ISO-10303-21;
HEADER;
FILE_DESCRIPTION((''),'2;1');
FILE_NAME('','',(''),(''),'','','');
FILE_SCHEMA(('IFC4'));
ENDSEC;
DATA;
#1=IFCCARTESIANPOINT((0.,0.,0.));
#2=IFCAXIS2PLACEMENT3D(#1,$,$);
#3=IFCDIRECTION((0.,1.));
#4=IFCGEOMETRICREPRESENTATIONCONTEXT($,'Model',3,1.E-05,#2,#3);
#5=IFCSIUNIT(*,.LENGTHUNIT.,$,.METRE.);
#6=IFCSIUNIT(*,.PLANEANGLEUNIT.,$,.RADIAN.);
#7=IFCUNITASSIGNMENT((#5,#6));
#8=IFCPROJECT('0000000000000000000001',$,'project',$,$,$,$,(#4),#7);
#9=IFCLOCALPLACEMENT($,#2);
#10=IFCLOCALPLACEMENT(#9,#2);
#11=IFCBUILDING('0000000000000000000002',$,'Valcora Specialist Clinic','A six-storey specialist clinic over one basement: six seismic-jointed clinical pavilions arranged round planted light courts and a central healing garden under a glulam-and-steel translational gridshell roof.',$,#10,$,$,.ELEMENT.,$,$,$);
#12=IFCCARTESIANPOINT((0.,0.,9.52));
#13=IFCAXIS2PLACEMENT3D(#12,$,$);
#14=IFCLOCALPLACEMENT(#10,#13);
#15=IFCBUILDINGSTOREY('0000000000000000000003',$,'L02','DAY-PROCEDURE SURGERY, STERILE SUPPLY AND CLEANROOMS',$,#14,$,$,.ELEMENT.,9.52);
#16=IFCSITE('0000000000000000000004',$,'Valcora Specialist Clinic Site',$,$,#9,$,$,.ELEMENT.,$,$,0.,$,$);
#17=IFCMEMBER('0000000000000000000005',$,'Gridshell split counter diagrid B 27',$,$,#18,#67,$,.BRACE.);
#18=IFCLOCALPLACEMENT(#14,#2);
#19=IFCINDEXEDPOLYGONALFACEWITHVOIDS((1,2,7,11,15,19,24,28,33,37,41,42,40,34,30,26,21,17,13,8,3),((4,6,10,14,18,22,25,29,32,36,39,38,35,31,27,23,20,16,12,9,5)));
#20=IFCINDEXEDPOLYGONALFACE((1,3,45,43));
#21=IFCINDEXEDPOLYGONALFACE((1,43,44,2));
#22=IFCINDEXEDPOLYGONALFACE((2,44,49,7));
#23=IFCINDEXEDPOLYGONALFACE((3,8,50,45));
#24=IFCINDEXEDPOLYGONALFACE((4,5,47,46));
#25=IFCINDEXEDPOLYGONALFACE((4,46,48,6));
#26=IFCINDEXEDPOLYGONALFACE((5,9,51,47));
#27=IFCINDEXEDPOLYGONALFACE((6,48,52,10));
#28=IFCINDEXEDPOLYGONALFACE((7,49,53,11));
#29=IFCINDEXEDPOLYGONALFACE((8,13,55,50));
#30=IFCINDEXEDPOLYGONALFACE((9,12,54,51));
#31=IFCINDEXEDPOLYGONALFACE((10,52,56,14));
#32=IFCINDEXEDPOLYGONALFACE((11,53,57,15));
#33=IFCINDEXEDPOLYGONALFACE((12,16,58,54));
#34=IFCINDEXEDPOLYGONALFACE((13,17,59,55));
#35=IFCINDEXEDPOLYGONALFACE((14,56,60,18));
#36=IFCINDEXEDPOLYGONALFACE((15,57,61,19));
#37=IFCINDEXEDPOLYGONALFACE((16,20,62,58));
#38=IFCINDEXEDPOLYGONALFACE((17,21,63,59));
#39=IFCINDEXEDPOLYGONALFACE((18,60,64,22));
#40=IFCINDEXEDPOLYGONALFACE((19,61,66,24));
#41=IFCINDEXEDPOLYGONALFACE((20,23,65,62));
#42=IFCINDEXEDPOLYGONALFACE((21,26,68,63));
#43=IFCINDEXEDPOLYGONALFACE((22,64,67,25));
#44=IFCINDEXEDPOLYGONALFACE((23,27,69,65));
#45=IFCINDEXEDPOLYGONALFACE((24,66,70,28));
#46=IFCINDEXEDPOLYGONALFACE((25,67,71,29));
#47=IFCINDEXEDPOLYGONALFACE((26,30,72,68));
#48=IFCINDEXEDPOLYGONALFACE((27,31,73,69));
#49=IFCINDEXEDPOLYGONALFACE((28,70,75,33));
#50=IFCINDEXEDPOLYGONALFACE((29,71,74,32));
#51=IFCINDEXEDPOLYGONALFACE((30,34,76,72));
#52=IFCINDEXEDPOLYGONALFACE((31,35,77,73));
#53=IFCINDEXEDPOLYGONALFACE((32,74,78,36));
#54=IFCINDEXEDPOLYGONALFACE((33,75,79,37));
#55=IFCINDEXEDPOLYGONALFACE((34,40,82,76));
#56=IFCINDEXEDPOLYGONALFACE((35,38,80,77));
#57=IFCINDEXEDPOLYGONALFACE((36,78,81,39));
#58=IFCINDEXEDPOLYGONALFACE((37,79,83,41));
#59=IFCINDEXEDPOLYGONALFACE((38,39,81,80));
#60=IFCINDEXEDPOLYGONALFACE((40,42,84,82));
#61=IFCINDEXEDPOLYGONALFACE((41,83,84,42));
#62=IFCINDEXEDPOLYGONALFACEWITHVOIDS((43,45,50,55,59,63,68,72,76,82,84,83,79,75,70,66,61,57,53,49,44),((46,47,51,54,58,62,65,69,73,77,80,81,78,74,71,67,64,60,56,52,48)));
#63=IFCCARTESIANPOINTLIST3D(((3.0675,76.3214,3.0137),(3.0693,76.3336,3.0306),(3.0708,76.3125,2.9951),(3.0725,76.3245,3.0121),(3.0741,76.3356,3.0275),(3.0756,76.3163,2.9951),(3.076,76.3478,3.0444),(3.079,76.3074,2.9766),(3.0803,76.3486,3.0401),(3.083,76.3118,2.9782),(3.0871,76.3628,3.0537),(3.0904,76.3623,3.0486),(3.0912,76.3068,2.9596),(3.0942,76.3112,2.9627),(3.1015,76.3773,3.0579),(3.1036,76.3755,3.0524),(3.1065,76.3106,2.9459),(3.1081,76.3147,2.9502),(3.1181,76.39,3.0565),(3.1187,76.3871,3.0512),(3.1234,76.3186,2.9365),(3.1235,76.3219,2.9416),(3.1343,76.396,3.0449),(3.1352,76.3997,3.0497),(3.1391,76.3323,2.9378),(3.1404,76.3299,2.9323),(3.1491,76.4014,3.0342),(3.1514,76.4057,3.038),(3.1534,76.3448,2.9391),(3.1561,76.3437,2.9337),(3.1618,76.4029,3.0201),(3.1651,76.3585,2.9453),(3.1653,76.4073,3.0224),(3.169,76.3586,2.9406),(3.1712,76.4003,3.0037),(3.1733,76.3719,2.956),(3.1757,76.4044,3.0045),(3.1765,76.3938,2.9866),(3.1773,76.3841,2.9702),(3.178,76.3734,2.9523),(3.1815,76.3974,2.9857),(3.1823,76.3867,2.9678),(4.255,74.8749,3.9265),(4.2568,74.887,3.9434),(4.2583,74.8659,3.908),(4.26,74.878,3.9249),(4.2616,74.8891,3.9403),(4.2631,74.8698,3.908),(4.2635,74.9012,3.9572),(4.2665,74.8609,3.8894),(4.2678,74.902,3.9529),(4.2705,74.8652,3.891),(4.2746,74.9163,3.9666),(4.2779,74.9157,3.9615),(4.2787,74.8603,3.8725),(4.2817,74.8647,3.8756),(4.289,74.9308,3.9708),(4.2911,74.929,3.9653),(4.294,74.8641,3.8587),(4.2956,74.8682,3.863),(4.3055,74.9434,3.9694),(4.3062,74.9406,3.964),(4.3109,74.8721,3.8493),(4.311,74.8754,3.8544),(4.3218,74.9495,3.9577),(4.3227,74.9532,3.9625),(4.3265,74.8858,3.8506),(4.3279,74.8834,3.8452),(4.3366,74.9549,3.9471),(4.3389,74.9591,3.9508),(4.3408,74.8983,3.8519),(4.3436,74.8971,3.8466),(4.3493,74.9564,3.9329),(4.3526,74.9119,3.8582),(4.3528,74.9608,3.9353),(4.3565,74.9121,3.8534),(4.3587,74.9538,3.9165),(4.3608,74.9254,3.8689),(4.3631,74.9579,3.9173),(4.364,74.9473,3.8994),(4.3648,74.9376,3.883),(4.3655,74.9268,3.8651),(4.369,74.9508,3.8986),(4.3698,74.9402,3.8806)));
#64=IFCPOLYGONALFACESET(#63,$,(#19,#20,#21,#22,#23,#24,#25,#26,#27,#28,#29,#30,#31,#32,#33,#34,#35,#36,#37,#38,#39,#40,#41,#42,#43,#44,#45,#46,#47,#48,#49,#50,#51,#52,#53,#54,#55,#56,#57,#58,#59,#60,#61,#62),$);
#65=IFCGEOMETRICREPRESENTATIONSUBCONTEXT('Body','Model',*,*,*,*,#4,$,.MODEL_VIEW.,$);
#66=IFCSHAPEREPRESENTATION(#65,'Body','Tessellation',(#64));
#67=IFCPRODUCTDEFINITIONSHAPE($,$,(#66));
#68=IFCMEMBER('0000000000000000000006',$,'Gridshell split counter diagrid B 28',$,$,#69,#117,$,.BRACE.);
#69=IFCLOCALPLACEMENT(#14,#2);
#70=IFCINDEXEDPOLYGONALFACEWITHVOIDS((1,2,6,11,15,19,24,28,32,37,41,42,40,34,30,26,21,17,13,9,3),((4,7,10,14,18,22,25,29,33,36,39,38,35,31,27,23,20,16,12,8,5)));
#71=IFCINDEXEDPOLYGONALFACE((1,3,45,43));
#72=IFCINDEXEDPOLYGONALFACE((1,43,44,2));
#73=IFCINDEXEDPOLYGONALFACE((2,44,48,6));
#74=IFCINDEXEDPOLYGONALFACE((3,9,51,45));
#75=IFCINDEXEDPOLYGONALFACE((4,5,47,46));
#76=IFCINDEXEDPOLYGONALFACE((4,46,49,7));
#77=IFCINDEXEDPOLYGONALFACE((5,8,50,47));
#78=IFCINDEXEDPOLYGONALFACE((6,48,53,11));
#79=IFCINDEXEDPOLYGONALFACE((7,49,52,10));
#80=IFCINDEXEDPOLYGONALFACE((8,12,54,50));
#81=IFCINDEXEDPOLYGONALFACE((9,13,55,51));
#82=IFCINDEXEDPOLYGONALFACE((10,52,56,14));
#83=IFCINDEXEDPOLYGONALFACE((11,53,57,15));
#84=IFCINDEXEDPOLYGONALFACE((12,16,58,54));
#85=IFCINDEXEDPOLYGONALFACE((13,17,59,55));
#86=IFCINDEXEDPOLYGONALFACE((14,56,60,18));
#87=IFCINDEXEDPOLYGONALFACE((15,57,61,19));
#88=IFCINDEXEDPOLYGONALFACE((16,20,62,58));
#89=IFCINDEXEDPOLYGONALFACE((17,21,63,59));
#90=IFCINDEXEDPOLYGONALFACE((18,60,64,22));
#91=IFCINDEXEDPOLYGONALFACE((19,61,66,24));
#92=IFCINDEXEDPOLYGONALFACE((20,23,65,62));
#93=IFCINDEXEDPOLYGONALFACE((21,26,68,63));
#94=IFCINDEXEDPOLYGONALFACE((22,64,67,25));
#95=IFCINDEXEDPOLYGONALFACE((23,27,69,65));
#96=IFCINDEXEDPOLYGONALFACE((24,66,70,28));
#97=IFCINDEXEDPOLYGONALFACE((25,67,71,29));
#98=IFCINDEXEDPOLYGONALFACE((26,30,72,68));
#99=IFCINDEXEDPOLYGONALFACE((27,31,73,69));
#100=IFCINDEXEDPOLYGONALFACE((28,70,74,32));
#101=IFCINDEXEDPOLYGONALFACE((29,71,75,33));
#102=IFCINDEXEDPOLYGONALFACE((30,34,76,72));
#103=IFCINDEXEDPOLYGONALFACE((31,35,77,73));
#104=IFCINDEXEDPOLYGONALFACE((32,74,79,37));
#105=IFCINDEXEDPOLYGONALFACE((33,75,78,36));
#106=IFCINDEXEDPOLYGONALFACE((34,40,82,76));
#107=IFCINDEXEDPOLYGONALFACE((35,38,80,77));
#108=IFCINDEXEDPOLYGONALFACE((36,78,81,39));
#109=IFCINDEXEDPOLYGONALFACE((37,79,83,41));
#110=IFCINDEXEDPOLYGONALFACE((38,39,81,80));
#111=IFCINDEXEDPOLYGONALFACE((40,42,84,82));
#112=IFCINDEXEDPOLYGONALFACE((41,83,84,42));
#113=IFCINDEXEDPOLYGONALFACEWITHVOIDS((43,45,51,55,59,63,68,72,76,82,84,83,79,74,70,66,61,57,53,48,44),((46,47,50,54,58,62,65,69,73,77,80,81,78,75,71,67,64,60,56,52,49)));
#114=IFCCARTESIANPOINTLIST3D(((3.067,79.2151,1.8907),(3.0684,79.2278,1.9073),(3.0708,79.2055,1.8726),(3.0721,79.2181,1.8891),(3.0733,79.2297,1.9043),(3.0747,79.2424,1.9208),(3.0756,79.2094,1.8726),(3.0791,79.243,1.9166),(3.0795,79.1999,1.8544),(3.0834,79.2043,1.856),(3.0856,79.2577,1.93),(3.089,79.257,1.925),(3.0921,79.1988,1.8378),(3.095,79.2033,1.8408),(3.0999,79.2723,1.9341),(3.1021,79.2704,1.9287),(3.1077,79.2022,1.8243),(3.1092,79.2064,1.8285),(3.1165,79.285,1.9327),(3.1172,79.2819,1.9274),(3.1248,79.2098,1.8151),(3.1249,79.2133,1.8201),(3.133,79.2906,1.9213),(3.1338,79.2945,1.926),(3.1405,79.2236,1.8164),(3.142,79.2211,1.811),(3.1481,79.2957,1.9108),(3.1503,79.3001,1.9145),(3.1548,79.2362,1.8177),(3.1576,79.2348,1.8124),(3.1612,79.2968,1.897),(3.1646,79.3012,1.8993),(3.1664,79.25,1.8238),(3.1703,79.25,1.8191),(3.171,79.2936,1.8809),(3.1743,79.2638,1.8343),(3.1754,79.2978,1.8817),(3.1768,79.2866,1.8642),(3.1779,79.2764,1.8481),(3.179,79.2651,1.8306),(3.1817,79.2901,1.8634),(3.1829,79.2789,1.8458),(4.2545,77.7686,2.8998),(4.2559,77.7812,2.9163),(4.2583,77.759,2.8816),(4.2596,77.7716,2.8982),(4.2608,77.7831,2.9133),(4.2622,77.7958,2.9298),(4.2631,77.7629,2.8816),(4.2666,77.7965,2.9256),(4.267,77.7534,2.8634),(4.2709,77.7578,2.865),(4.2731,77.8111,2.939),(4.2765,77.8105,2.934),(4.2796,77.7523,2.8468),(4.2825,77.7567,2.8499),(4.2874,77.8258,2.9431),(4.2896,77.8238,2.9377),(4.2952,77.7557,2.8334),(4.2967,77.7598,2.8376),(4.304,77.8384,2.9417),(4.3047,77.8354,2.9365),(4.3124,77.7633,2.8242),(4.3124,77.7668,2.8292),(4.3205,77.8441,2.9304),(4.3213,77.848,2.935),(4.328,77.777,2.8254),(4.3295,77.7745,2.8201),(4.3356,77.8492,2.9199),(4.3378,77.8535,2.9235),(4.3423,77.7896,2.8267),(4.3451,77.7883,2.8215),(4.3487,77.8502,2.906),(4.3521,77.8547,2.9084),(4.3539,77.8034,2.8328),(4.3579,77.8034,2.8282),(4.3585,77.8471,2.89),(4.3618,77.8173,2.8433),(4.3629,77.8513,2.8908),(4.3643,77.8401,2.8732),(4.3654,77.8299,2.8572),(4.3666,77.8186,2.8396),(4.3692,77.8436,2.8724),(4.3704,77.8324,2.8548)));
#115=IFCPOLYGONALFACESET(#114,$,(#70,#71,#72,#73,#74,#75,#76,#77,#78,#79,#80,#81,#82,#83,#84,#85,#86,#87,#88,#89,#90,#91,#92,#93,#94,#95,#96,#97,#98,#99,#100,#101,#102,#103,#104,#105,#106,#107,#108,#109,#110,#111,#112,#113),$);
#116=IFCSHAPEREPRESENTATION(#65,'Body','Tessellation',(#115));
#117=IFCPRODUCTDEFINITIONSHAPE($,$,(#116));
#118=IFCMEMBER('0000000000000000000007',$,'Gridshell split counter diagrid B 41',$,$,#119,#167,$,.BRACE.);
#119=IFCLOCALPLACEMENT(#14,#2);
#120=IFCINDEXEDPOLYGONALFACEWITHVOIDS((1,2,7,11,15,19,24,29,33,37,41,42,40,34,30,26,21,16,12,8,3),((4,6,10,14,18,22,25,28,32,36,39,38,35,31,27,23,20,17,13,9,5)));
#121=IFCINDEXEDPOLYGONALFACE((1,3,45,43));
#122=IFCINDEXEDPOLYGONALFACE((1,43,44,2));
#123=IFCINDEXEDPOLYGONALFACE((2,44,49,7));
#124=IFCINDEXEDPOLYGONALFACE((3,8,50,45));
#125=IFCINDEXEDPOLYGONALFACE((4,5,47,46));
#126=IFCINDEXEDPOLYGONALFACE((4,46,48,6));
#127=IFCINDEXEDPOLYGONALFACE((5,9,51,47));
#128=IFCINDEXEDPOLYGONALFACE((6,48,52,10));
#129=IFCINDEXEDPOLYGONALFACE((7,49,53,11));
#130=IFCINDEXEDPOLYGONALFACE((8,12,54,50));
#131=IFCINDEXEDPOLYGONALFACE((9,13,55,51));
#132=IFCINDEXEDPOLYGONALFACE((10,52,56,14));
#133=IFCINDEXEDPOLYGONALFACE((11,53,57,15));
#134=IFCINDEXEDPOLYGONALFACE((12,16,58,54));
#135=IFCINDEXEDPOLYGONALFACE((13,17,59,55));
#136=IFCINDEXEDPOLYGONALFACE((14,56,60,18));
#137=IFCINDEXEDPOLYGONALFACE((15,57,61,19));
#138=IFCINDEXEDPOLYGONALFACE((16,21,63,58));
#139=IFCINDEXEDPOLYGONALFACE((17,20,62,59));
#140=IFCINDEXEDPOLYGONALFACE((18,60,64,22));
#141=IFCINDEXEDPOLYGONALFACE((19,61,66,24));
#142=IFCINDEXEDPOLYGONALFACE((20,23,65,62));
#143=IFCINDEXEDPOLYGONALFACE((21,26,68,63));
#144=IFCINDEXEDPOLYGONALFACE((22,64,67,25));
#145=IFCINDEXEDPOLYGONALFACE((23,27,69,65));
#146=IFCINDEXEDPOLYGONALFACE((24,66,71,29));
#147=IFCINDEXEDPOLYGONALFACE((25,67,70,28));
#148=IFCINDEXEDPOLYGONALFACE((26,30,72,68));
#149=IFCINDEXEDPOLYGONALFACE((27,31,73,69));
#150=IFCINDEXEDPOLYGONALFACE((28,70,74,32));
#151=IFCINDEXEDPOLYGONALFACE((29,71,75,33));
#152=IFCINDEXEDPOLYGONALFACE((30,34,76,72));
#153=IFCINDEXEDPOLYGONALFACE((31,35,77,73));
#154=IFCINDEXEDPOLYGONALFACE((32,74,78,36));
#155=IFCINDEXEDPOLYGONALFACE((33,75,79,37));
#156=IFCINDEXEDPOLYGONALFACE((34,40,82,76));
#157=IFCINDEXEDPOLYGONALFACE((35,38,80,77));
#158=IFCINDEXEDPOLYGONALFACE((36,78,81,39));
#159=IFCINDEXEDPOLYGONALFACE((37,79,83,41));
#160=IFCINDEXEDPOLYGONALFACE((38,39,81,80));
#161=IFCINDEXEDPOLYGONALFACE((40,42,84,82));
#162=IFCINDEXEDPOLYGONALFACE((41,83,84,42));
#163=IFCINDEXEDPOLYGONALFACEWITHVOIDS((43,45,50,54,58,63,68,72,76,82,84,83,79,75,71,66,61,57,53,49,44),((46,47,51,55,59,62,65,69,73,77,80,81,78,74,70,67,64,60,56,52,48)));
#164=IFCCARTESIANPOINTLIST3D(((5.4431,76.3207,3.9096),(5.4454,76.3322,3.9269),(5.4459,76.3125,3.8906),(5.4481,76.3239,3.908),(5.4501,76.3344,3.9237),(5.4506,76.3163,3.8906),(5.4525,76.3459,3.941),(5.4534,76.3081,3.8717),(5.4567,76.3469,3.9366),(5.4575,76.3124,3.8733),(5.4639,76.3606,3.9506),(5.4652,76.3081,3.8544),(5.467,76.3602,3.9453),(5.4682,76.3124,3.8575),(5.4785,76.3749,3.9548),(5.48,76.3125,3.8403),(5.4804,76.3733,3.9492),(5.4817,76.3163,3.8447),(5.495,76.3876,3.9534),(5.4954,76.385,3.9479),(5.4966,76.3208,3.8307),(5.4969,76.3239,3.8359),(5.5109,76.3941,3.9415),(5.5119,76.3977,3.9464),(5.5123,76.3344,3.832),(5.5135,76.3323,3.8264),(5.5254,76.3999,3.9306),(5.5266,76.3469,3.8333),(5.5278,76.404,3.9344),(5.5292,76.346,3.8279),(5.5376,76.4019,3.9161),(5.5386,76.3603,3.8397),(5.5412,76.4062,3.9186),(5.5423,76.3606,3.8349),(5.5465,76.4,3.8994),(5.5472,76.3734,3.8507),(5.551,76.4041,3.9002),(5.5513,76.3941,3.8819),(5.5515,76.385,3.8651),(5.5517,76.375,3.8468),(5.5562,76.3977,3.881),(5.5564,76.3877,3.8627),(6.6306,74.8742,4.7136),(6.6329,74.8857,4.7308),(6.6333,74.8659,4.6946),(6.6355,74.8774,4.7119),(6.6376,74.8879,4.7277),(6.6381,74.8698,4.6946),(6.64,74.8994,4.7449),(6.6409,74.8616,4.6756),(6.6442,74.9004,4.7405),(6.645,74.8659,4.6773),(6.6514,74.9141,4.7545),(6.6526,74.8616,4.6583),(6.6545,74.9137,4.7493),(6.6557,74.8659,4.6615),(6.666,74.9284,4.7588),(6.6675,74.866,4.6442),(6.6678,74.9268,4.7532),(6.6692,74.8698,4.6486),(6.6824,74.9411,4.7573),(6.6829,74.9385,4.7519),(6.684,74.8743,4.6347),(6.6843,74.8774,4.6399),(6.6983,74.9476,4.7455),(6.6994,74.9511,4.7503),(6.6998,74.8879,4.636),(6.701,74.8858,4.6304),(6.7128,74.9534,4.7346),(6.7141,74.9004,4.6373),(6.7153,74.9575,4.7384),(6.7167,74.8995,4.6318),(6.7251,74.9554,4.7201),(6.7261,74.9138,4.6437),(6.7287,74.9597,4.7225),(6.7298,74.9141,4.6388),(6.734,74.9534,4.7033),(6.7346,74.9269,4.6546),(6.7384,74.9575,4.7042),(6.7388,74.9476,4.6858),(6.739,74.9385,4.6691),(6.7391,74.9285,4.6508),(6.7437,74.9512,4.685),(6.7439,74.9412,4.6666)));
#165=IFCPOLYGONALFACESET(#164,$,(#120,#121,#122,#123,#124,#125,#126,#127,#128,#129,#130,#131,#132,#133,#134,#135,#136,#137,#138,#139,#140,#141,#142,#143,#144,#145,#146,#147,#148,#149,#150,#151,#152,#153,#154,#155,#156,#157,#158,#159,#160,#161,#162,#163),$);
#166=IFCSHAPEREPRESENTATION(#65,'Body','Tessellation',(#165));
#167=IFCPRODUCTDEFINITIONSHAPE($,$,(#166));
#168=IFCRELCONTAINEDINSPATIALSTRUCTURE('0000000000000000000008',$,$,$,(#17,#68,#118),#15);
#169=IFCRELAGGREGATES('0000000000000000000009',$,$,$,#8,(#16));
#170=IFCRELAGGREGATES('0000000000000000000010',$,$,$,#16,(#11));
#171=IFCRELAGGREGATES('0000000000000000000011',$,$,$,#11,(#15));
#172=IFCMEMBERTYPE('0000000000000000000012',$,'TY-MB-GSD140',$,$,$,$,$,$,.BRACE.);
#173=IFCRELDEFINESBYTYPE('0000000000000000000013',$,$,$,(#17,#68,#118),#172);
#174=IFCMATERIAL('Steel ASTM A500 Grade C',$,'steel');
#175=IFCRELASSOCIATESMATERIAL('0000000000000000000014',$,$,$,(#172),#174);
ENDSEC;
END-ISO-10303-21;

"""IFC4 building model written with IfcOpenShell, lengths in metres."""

from ifc_helpers import new_model, si_unit, direction, frame, origin, origin_2d, place, context, subcontext, project, spatial, hollow_circle, extrude, material, material_profile, profile_set, type_object, element, save


model = new_model("IFC4")

# Units and contexts
model_context = context("Model", 3, precision=1e-05, world=origin(), true_north=direction((0.0, 1.0)))
body_context = subcontext(model_context, "Body", "Model", "MODEL_VIEW")
ifc_project = project(units=[si_unit("LENGTHUNIT", "METRE"), si_unit("PLANEANGLEUNIT", "RADIAN")], contexts=[model_context])

# Site, building, storey
site_placement = place(None, origin())
site = spatial("IfcSite", under=ifc_project, at=site_placement, Name="Valcora Specialist Clinic Site", CompositionType="ELEMENT", RefElevation=0.0)
building_placement = place(site_placement, origin())
building = spatial("IfcBuilding", under=site, at=building_placement, Name="Valcora Specialist Clinic", Description="A six-storey specialist clinic over one basement: six seismic-jointed clinical pavilions arranged round planted light courts and a central healing garden under a glulam-and-steel translational gridshell roof.", CompositionType="ELEMENT")
storey_placement = place(building_placement, frame((0.0, 0.0, 9.52)))
storey = spatial("IfcBuildingStorey", under=building, at=storey_placement, Name="L02", Description="DAY-PROCEDURE SURGERY, STERILE SUPPLY AND CLEANROOMS", CompositionType="ELEMENT", Elevation=9.52)

# Members
ifc_material_1 = material(Name="Steel ASTM A500 Grade C", Category="steel")
ifc_material_profile_1 = material_profile(ifc_material_1, hollow_circle(Radius=0.0701, WallThickness=0.0061, at=origin_2d()), Name="ST-CHS-140X6")
ifc_profile_set_1 = profile_set([ifc_material_profile_1], Name="Steel ASTM A500 Grade C")
member_type_1 = type_object("IfcMemberType", Name="TY-MB-GSD140", PredefinedType="BRACE", material=ifc_profile_set_1)
member_1_placement = place(storey_placement, frame((4.3125, 74.9104, 3.908), z_axis=(-0.570288, 0.694687, -0.438385), x_axis=(-0.772916, -0.634508, 0.0)))
element("IfcMember", 1, at=member_1_placement, inside=storey, type_object=member_type_1, Name="Gridshell split counter diagrid B 27", PredefinedType="BRACE", context=body_context, shape_type="SweptSolid", body=[
    extrude(hollow_circle(Radius=0.0701, WallThickness=0.0061, at=origin_2d()), origin(), (0.0, 0.0, 1.0), 2.0823),
])
member_2_placement = place(storey_placement, frame((4.3125, 77.8035, 2.8816), z_axis=(-0.558506, 0.680335, -0.474569), x_axis=(-0.772916, -0.634508, 0.0)))
element("IfcMember", 2, at=member_2_placement, inside=storey, type_object=member_type_1, Name="Gridshell split counter diagrid B 28", PredefinedType="BRACE", context=body_context, shape_type="SweptSolid", body=[
    extrude(hollow_circle(Radius=0.0701, WallThickness=0.0061, at=origin_2d()), origin(), (0.0, 0.0, 1.0), 2.1262),
])
member_3_placement = place(storey_placement, frame((6.6875, 74.9104, 4.6946), z_axis=(-0.582994, 0.710164, -0.394696), x_axis=(-0.772916, -0.634508, 0.0)))
element("IfcMember", 3, at=member_3_placement, inside=storey, type_object=member_type_1, Name="Gridshell split counter diagrid B 41", PredefinedType="BRACE", context=body_context, shape_type="SweptSolid", body=[
    extrude(hollow_circle(Radius=0.0701, WallThickness=0.0061, at=origin_2d()), origin(), (0.0, 0.0, 1.0), 2.0369),
])

save(model, "model.ifc")
